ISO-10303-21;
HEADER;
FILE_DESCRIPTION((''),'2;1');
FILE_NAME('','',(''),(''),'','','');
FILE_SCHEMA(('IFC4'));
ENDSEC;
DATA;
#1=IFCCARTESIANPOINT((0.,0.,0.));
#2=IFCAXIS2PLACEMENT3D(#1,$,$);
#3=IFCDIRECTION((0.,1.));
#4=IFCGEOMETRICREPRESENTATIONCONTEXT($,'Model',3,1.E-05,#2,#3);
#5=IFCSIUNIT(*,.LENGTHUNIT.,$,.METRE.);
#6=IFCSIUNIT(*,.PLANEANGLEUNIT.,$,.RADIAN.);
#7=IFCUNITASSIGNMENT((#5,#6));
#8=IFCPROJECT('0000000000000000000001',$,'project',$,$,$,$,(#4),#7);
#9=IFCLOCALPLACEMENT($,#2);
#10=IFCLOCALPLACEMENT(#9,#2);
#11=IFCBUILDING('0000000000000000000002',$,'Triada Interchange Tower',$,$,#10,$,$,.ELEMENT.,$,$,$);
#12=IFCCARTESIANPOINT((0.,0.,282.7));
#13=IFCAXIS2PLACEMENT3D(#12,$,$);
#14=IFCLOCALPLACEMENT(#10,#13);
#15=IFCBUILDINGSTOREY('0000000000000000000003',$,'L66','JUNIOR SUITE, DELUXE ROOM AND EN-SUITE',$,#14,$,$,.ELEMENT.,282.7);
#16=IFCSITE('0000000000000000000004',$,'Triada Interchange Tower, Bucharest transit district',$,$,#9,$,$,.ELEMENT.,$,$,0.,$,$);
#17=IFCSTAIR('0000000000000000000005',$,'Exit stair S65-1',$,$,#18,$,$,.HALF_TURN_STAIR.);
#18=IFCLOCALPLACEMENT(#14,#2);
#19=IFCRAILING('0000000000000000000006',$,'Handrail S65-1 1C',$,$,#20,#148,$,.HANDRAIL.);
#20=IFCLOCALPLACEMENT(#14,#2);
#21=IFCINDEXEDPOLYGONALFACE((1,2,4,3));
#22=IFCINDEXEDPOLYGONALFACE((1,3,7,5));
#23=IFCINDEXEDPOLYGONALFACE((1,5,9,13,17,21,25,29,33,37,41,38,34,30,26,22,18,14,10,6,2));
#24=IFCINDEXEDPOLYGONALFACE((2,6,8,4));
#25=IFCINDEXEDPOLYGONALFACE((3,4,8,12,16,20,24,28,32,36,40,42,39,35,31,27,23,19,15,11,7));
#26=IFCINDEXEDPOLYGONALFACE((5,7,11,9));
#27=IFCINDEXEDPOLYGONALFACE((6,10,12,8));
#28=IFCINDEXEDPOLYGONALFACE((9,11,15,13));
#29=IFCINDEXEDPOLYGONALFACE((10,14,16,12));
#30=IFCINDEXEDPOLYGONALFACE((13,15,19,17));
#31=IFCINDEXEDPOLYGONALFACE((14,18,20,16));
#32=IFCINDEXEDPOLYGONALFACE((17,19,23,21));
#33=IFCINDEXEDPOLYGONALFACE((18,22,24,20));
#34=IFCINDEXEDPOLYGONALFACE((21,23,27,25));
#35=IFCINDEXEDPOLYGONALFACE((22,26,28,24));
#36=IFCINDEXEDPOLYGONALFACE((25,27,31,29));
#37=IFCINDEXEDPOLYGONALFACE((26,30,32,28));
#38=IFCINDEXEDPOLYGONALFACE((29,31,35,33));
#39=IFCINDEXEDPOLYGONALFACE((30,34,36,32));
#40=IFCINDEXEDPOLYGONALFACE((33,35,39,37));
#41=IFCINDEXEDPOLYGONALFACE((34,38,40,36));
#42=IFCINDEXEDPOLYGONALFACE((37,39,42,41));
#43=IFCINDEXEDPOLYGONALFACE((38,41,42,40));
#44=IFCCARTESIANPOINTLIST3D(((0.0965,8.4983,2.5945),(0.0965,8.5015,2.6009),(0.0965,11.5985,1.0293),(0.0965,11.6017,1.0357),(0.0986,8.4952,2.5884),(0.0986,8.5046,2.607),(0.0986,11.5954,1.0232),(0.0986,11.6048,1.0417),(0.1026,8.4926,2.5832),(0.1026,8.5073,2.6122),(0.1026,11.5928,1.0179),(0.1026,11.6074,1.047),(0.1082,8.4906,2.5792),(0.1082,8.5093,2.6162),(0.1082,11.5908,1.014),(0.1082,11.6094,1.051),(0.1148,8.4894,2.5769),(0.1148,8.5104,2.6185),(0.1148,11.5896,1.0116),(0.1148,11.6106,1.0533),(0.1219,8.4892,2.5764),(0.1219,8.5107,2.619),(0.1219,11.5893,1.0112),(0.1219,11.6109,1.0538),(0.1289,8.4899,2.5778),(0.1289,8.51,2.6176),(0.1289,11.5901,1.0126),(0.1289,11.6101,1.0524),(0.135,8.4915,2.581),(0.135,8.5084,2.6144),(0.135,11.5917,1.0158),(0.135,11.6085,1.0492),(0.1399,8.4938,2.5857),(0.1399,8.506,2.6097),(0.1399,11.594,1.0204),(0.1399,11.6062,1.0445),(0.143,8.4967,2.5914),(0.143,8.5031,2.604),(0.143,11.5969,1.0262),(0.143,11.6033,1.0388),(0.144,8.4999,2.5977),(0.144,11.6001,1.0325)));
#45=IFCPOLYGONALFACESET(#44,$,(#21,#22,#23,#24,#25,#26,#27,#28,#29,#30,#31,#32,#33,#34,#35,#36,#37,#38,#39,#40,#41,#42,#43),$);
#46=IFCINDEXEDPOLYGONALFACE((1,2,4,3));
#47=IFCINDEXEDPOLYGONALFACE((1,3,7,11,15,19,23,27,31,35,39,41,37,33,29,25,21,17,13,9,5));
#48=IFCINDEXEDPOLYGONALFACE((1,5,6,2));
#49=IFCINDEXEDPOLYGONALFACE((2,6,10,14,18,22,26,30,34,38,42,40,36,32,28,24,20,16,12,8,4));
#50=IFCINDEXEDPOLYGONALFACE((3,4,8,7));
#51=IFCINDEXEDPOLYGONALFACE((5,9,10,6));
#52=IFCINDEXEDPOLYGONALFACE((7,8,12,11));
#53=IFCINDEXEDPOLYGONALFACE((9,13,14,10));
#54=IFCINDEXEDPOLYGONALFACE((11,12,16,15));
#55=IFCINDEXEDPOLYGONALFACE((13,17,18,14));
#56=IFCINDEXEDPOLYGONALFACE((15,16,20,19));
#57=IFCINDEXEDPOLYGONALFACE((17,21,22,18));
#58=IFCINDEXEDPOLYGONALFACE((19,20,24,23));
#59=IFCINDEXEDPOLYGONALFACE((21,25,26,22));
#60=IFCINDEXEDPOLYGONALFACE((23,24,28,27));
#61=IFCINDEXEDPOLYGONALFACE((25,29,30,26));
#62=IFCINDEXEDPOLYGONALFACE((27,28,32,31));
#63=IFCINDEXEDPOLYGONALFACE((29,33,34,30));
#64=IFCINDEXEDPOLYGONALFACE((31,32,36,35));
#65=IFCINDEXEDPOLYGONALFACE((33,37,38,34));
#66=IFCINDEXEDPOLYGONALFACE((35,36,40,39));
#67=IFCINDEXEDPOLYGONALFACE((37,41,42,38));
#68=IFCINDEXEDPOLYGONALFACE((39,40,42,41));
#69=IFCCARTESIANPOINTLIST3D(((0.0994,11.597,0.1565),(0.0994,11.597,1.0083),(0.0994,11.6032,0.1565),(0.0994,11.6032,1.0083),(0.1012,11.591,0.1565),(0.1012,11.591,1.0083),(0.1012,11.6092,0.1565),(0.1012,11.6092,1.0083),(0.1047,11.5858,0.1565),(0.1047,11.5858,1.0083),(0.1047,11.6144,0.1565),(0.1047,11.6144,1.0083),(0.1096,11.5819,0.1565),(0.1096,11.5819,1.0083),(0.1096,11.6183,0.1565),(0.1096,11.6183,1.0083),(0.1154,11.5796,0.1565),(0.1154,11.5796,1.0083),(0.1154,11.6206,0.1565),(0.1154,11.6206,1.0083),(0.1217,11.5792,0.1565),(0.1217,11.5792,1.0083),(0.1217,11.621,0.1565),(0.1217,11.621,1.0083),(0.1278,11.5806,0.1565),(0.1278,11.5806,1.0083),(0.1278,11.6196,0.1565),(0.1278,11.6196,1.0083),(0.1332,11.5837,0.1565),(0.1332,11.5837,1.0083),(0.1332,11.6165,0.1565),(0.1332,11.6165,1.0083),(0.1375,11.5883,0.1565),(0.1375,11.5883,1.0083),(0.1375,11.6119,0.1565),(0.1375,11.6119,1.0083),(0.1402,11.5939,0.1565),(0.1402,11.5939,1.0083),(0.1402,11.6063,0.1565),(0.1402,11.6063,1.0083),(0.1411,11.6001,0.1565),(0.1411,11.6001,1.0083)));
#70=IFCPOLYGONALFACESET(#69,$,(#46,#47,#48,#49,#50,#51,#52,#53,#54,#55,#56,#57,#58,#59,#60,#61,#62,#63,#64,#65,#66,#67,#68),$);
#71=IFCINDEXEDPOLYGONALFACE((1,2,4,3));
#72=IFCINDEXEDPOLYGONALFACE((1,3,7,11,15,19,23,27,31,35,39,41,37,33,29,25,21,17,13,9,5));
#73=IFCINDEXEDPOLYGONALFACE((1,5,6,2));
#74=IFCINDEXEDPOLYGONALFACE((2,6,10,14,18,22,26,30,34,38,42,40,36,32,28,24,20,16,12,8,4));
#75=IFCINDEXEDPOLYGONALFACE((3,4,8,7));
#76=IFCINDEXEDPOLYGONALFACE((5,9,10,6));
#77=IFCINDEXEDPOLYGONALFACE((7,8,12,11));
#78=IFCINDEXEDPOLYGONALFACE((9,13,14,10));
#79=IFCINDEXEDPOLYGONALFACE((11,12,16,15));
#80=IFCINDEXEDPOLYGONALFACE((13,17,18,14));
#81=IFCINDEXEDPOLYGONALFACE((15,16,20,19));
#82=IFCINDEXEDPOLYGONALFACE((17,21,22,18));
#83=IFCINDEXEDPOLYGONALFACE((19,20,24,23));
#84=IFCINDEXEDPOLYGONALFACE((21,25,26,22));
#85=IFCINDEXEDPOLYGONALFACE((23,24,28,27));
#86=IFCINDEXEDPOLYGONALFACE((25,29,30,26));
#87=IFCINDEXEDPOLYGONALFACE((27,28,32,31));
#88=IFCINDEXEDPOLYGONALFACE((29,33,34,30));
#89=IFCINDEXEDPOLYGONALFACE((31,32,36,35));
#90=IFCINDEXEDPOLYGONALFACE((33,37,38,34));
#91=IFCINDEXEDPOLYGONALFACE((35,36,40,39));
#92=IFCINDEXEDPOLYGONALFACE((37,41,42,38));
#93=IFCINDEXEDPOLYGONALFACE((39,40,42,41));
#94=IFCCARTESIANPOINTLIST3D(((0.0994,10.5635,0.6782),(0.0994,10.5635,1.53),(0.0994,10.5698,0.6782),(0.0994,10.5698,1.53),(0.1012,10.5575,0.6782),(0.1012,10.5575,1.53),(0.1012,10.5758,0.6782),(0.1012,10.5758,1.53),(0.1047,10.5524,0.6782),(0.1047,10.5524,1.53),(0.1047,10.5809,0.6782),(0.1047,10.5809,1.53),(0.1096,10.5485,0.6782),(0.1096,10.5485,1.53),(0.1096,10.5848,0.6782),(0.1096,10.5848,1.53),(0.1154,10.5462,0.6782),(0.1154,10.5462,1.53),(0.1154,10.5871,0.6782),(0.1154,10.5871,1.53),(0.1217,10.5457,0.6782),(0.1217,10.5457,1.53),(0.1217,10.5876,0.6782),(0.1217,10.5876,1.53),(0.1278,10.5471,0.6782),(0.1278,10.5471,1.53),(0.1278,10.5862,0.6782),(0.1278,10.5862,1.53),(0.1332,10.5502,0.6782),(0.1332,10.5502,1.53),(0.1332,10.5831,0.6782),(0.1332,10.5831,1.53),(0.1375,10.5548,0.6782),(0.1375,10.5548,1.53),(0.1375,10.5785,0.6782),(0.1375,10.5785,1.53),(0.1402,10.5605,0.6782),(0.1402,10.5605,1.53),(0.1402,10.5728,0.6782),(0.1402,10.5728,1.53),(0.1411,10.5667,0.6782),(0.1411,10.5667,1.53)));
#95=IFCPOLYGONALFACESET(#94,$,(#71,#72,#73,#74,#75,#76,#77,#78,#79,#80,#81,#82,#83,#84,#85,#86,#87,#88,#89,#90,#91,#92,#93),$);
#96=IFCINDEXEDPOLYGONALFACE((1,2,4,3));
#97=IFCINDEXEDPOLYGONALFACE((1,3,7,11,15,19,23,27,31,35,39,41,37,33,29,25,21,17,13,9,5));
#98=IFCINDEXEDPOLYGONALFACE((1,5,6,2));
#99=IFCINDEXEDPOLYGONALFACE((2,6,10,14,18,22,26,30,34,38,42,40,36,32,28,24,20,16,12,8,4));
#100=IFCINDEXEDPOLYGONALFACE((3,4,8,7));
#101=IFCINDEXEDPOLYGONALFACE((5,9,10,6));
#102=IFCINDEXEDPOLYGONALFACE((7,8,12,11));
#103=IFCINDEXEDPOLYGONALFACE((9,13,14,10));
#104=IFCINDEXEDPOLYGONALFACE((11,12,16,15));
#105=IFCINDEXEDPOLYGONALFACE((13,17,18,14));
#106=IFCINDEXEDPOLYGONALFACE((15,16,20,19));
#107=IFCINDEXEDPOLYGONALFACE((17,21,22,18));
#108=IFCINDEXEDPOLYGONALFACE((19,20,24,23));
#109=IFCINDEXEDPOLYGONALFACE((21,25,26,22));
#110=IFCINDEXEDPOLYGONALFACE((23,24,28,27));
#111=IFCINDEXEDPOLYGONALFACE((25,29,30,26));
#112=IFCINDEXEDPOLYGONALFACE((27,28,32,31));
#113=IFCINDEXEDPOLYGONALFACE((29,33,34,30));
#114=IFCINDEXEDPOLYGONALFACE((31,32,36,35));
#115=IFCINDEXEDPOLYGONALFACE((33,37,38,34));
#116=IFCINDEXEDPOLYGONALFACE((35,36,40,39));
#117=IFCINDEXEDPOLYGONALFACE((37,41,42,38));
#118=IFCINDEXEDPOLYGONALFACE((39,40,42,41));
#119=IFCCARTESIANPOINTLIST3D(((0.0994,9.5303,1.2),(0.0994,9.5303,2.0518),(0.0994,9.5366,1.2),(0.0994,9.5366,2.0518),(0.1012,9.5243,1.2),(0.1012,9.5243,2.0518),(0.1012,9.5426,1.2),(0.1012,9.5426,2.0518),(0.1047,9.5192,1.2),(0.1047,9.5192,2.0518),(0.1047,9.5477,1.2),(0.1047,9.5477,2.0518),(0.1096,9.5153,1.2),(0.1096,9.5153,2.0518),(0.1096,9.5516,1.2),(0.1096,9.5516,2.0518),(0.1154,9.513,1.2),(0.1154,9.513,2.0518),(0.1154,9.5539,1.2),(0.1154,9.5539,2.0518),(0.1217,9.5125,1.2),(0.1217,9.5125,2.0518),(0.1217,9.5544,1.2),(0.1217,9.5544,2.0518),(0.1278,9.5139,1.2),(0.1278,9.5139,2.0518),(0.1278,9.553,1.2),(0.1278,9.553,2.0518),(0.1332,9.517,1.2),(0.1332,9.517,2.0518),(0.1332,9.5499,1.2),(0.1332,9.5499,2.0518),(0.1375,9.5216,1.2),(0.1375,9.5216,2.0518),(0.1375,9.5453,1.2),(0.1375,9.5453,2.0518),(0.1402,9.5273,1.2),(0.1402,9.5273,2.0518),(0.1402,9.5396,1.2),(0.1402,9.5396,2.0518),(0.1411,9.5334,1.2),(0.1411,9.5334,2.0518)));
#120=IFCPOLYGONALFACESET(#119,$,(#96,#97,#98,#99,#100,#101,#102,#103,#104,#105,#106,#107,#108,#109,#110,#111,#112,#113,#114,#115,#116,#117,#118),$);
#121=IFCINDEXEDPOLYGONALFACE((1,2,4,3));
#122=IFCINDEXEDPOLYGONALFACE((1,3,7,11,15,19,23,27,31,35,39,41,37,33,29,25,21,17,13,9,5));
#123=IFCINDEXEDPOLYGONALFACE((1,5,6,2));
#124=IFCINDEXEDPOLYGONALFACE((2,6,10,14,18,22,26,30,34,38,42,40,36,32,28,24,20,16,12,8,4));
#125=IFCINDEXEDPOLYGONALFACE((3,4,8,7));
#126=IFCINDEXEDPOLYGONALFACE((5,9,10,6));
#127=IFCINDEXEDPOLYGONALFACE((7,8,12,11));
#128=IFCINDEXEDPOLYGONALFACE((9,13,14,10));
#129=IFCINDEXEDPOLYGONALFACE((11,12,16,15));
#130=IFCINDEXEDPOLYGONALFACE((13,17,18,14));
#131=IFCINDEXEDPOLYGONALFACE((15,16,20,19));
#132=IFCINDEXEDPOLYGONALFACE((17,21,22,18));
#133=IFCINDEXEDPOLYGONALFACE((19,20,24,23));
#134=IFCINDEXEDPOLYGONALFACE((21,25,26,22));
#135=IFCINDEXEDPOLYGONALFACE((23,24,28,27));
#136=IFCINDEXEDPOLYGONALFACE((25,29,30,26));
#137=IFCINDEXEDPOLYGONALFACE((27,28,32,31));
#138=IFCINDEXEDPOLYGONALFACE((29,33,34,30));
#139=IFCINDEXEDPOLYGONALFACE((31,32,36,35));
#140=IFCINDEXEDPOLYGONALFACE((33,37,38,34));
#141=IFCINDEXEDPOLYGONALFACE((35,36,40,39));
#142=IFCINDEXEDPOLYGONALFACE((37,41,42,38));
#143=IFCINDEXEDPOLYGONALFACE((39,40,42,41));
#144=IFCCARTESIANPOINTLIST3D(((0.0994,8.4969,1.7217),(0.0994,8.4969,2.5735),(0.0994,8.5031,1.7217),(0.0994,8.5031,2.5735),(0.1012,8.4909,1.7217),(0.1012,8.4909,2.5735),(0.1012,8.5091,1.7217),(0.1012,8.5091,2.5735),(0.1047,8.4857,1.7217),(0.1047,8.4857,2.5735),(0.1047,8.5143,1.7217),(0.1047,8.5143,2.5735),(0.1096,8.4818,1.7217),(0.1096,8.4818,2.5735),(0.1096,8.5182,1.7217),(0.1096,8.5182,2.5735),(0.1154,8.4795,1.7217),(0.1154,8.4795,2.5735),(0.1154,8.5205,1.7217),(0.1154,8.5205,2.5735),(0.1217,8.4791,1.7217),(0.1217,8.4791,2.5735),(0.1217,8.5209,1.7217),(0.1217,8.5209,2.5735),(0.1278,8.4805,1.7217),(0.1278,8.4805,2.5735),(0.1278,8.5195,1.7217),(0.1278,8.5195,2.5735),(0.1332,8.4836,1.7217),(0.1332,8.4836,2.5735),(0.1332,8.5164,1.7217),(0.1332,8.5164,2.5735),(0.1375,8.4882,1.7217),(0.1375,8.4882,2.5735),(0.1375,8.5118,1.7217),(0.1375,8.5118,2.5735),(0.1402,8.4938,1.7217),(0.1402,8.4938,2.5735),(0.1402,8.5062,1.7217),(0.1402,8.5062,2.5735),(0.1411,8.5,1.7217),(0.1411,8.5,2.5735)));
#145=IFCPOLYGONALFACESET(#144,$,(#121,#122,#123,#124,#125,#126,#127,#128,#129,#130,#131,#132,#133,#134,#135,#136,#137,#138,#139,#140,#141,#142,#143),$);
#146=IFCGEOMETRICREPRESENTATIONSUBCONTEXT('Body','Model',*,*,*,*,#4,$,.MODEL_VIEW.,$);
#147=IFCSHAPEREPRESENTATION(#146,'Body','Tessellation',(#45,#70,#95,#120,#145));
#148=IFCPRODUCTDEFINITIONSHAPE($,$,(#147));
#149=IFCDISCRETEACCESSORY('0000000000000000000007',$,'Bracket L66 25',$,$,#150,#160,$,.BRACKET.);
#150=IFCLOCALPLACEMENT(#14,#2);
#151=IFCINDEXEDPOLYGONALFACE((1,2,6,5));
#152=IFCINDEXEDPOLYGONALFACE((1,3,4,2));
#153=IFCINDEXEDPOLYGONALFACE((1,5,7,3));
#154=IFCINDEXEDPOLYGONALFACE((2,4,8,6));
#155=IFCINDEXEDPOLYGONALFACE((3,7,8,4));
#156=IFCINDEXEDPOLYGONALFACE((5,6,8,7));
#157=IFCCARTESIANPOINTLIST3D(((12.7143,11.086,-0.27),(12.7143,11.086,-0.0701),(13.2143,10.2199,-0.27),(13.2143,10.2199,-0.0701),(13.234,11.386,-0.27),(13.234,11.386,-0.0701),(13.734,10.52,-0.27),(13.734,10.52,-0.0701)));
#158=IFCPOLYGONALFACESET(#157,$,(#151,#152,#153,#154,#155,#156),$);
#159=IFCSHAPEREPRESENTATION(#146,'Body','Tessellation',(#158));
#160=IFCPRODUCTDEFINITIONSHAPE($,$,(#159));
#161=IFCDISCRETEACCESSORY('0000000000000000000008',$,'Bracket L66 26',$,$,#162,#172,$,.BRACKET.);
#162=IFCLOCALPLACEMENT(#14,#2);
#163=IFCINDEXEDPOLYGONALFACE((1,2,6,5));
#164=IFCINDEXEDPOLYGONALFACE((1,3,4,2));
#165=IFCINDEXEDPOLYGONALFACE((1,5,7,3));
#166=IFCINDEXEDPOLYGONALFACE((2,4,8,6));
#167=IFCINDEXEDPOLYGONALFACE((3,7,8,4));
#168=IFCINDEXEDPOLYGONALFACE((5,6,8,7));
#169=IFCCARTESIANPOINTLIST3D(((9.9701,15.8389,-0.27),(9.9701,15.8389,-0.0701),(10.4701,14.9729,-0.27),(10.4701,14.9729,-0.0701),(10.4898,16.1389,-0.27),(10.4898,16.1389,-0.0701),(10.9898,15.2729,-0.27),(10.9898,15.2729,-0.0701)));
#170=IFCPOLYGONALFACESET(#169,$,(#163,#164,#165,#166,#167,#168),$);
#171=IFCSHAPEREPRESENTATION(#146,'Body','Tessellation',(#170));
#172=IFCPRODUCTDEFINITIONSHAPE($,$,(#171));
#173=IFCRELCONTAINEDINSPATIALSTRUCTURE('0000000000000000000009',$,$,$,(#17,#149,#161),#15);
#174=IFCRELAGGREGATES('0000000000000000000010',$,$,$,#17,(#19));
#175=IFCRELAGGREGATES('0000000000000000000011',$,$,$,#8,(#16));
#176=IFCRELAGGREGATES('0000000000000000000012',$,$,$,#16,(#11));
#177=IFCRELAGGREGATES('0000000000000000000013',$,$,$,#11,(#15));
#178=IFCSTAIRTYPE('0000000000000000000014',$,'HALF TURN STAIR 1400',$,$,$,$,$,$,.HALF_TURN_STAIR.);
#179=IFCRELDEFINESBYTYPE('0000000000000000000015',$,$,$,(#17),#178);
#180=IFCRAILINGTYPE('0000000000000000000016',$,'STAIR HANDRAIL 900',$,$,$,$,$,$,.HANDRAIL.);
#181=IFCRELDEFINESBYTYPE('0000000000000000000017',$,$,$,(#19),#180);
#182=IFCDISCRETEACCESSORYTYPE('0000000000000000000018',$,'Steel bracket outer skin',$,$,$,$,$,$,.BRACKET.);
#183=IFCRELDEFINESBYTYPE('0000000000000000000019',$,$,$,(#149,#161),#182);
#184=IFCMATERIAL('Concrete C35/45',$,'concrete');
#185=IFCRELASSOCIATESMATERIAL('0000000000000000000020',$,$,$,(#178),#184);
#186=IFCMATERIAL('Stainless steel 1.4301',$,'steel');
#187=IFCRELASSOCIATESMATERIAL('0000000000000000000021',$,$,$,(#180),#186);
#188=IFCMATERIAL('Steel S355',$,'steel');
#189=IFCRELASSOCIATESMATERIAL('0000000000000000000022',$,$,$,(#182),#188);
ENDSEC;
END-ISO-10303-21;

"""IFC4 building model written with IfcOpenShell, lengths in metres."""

from ifc_helpers import new_model, si_unit, direction, frame, origin, origin_2d, place, context, subcontext, project, spatial, rectangle, circle, extrude, material, type_object, element, aggregate, save


model = new_model("IFC4")

# Units and contexts
model_context = context("Model", 3, precision=1e-05, world=origin(), true_north=direction((0.0, 1.0)))
body_context = subcontext(model_context, "Body", "Model", "MODEL_VIEW")
ifc_project = project(units=[si_unit("LENGTHUNIT", "METRE"), si_unit("PLANEANGLEUNIT", "RADIAN")], contexts=[model_context])

# Site, building, storey
site_placement = place(None, origin())
site = spatial("IfcSite", under=ifc_project, at=site_placement, Name="Triada Interchange Tower, Bucharest transit district", CompositionType="ELEMENT", RefElevation=0.0)
building_placement = place(site_placement, origin())
building = spatial("IfcBuilding", under=site, at=building_placement, Name="Triada Interchange Tower", CompositionType="ELEMENT")
storey_placement = place(building_placement, frame((0.0, 0.0, 282.7)))
storey = spatial("IfcBuildingStorey", under=building, at=storey_placement, Name="L66", Description="JUNIOR SUITE, DELUXE ROOM AND EN-SUITE", CompositionType="ELEMENT", Elevation=282.7)

# Stair
ifc_material_1 = material(Name="Concrete C35/45", Category="concrete")
stair_type = type_object("IfcStairType", Name="HALF TURN STAIR 1400", PredefinedType="HALF_TURN_STAIR", material=ifc_material_1)
stair_placement = place(storey_placement, origin())
stair = element("IfcStair", 1, at=stair_placement, inside=storey, type_object=stair_type, Name="Exit stair S65-1", PredefinedType="HALF_TURN_STAIR")

# Railing
ifc_material_2 = material(Name="Stainless steel 1.4301", Category="steel")
railing_type = type_object("IfcRailingType", Name="STAIR HANDRAIL 900", PredefinedType="HANDRAIL", material=ifc_material_2)
railing_1_placement = place(storey_placement, frame((0.1201, 11.6001, 0.1565)))
railing_1 = element("IfcRailing", 2, at=railing_1_placement, type_object=railing_type, Name="Handrail S65-1 1C", PredefinedType="HANDRAIL", context=body_context, shape_type="SweptSolid", body=[
    extrude(circle(Radius=0.0239, at=origin_2d()), frame((0.0, 0.0, 0.876), z_axis=(0.0, -0.892677, 0.450697), x_axis=(1.0, 0.0, 0.0)), (0.0, 0.0, 1.0), 3.4729),
    extrude(circle(Radius=0.021, at=origin_2d()), origin(), (0.0, 0.0, 1.0), 0.8518),
    extrude(circle(Radius=0.021, at=origin_2d()), frame((0.0, -1.0334, 0.5217)), (0.0, 0.0, 1.0), 0.8518),
    extrude(circle(Radius=0.021, at=origin_2d()), frame((0.0, -2.0667, 1.0435)), (0.0, 0.0, 1.0), 0.8518),
    extrude(circle(Radius=0.021, at=origin_2d()), frame((0.0, -3.1001, 1.5652)), (0.0, 0.0, 1.0), 0.8518),
])
aggregate(stair, [railing_1])

# Discrete accessories
ifc_material_3 = material(Name="Steel S355", Category="steel")
discrete_accessory_type = type_object("IfcDiscreteAccessoryType", Name="Steel bracket outer skin", PredefinedType="BRACKET", material=ifc_material_3)
for number, where, z_axis, x_axis, name in (
    (3, (13.2241, 10.803, -0.27), (0.0, 0.0, 1.0), (0.866024, 0.500002, 0.0), "Bracket L66 25"),
    (4, (10.48, 15.5559, -0.27), (0.0, 0.0, 1.0), (0.866024, 0.500002, 0.0), "Bracket L66 26"),
):
    element("IfcDiscreteAccessory", number, at=place(storey_placement, frame(where, z_axis=z_axis, x_axis=x_axis)), inside=storey, type_object=discrete_accessory_type, Name=name, PredefinedType="BRACKET", context=body_context, shape_type="SweptSolid", body=[
        extrude(rectangle(XDim=0.6001, YDim=1.0, at=origin_2d()), origin(), (0.0, 0.0, 1.0), 0.2),
    ])

save(model, "model.ifc")
